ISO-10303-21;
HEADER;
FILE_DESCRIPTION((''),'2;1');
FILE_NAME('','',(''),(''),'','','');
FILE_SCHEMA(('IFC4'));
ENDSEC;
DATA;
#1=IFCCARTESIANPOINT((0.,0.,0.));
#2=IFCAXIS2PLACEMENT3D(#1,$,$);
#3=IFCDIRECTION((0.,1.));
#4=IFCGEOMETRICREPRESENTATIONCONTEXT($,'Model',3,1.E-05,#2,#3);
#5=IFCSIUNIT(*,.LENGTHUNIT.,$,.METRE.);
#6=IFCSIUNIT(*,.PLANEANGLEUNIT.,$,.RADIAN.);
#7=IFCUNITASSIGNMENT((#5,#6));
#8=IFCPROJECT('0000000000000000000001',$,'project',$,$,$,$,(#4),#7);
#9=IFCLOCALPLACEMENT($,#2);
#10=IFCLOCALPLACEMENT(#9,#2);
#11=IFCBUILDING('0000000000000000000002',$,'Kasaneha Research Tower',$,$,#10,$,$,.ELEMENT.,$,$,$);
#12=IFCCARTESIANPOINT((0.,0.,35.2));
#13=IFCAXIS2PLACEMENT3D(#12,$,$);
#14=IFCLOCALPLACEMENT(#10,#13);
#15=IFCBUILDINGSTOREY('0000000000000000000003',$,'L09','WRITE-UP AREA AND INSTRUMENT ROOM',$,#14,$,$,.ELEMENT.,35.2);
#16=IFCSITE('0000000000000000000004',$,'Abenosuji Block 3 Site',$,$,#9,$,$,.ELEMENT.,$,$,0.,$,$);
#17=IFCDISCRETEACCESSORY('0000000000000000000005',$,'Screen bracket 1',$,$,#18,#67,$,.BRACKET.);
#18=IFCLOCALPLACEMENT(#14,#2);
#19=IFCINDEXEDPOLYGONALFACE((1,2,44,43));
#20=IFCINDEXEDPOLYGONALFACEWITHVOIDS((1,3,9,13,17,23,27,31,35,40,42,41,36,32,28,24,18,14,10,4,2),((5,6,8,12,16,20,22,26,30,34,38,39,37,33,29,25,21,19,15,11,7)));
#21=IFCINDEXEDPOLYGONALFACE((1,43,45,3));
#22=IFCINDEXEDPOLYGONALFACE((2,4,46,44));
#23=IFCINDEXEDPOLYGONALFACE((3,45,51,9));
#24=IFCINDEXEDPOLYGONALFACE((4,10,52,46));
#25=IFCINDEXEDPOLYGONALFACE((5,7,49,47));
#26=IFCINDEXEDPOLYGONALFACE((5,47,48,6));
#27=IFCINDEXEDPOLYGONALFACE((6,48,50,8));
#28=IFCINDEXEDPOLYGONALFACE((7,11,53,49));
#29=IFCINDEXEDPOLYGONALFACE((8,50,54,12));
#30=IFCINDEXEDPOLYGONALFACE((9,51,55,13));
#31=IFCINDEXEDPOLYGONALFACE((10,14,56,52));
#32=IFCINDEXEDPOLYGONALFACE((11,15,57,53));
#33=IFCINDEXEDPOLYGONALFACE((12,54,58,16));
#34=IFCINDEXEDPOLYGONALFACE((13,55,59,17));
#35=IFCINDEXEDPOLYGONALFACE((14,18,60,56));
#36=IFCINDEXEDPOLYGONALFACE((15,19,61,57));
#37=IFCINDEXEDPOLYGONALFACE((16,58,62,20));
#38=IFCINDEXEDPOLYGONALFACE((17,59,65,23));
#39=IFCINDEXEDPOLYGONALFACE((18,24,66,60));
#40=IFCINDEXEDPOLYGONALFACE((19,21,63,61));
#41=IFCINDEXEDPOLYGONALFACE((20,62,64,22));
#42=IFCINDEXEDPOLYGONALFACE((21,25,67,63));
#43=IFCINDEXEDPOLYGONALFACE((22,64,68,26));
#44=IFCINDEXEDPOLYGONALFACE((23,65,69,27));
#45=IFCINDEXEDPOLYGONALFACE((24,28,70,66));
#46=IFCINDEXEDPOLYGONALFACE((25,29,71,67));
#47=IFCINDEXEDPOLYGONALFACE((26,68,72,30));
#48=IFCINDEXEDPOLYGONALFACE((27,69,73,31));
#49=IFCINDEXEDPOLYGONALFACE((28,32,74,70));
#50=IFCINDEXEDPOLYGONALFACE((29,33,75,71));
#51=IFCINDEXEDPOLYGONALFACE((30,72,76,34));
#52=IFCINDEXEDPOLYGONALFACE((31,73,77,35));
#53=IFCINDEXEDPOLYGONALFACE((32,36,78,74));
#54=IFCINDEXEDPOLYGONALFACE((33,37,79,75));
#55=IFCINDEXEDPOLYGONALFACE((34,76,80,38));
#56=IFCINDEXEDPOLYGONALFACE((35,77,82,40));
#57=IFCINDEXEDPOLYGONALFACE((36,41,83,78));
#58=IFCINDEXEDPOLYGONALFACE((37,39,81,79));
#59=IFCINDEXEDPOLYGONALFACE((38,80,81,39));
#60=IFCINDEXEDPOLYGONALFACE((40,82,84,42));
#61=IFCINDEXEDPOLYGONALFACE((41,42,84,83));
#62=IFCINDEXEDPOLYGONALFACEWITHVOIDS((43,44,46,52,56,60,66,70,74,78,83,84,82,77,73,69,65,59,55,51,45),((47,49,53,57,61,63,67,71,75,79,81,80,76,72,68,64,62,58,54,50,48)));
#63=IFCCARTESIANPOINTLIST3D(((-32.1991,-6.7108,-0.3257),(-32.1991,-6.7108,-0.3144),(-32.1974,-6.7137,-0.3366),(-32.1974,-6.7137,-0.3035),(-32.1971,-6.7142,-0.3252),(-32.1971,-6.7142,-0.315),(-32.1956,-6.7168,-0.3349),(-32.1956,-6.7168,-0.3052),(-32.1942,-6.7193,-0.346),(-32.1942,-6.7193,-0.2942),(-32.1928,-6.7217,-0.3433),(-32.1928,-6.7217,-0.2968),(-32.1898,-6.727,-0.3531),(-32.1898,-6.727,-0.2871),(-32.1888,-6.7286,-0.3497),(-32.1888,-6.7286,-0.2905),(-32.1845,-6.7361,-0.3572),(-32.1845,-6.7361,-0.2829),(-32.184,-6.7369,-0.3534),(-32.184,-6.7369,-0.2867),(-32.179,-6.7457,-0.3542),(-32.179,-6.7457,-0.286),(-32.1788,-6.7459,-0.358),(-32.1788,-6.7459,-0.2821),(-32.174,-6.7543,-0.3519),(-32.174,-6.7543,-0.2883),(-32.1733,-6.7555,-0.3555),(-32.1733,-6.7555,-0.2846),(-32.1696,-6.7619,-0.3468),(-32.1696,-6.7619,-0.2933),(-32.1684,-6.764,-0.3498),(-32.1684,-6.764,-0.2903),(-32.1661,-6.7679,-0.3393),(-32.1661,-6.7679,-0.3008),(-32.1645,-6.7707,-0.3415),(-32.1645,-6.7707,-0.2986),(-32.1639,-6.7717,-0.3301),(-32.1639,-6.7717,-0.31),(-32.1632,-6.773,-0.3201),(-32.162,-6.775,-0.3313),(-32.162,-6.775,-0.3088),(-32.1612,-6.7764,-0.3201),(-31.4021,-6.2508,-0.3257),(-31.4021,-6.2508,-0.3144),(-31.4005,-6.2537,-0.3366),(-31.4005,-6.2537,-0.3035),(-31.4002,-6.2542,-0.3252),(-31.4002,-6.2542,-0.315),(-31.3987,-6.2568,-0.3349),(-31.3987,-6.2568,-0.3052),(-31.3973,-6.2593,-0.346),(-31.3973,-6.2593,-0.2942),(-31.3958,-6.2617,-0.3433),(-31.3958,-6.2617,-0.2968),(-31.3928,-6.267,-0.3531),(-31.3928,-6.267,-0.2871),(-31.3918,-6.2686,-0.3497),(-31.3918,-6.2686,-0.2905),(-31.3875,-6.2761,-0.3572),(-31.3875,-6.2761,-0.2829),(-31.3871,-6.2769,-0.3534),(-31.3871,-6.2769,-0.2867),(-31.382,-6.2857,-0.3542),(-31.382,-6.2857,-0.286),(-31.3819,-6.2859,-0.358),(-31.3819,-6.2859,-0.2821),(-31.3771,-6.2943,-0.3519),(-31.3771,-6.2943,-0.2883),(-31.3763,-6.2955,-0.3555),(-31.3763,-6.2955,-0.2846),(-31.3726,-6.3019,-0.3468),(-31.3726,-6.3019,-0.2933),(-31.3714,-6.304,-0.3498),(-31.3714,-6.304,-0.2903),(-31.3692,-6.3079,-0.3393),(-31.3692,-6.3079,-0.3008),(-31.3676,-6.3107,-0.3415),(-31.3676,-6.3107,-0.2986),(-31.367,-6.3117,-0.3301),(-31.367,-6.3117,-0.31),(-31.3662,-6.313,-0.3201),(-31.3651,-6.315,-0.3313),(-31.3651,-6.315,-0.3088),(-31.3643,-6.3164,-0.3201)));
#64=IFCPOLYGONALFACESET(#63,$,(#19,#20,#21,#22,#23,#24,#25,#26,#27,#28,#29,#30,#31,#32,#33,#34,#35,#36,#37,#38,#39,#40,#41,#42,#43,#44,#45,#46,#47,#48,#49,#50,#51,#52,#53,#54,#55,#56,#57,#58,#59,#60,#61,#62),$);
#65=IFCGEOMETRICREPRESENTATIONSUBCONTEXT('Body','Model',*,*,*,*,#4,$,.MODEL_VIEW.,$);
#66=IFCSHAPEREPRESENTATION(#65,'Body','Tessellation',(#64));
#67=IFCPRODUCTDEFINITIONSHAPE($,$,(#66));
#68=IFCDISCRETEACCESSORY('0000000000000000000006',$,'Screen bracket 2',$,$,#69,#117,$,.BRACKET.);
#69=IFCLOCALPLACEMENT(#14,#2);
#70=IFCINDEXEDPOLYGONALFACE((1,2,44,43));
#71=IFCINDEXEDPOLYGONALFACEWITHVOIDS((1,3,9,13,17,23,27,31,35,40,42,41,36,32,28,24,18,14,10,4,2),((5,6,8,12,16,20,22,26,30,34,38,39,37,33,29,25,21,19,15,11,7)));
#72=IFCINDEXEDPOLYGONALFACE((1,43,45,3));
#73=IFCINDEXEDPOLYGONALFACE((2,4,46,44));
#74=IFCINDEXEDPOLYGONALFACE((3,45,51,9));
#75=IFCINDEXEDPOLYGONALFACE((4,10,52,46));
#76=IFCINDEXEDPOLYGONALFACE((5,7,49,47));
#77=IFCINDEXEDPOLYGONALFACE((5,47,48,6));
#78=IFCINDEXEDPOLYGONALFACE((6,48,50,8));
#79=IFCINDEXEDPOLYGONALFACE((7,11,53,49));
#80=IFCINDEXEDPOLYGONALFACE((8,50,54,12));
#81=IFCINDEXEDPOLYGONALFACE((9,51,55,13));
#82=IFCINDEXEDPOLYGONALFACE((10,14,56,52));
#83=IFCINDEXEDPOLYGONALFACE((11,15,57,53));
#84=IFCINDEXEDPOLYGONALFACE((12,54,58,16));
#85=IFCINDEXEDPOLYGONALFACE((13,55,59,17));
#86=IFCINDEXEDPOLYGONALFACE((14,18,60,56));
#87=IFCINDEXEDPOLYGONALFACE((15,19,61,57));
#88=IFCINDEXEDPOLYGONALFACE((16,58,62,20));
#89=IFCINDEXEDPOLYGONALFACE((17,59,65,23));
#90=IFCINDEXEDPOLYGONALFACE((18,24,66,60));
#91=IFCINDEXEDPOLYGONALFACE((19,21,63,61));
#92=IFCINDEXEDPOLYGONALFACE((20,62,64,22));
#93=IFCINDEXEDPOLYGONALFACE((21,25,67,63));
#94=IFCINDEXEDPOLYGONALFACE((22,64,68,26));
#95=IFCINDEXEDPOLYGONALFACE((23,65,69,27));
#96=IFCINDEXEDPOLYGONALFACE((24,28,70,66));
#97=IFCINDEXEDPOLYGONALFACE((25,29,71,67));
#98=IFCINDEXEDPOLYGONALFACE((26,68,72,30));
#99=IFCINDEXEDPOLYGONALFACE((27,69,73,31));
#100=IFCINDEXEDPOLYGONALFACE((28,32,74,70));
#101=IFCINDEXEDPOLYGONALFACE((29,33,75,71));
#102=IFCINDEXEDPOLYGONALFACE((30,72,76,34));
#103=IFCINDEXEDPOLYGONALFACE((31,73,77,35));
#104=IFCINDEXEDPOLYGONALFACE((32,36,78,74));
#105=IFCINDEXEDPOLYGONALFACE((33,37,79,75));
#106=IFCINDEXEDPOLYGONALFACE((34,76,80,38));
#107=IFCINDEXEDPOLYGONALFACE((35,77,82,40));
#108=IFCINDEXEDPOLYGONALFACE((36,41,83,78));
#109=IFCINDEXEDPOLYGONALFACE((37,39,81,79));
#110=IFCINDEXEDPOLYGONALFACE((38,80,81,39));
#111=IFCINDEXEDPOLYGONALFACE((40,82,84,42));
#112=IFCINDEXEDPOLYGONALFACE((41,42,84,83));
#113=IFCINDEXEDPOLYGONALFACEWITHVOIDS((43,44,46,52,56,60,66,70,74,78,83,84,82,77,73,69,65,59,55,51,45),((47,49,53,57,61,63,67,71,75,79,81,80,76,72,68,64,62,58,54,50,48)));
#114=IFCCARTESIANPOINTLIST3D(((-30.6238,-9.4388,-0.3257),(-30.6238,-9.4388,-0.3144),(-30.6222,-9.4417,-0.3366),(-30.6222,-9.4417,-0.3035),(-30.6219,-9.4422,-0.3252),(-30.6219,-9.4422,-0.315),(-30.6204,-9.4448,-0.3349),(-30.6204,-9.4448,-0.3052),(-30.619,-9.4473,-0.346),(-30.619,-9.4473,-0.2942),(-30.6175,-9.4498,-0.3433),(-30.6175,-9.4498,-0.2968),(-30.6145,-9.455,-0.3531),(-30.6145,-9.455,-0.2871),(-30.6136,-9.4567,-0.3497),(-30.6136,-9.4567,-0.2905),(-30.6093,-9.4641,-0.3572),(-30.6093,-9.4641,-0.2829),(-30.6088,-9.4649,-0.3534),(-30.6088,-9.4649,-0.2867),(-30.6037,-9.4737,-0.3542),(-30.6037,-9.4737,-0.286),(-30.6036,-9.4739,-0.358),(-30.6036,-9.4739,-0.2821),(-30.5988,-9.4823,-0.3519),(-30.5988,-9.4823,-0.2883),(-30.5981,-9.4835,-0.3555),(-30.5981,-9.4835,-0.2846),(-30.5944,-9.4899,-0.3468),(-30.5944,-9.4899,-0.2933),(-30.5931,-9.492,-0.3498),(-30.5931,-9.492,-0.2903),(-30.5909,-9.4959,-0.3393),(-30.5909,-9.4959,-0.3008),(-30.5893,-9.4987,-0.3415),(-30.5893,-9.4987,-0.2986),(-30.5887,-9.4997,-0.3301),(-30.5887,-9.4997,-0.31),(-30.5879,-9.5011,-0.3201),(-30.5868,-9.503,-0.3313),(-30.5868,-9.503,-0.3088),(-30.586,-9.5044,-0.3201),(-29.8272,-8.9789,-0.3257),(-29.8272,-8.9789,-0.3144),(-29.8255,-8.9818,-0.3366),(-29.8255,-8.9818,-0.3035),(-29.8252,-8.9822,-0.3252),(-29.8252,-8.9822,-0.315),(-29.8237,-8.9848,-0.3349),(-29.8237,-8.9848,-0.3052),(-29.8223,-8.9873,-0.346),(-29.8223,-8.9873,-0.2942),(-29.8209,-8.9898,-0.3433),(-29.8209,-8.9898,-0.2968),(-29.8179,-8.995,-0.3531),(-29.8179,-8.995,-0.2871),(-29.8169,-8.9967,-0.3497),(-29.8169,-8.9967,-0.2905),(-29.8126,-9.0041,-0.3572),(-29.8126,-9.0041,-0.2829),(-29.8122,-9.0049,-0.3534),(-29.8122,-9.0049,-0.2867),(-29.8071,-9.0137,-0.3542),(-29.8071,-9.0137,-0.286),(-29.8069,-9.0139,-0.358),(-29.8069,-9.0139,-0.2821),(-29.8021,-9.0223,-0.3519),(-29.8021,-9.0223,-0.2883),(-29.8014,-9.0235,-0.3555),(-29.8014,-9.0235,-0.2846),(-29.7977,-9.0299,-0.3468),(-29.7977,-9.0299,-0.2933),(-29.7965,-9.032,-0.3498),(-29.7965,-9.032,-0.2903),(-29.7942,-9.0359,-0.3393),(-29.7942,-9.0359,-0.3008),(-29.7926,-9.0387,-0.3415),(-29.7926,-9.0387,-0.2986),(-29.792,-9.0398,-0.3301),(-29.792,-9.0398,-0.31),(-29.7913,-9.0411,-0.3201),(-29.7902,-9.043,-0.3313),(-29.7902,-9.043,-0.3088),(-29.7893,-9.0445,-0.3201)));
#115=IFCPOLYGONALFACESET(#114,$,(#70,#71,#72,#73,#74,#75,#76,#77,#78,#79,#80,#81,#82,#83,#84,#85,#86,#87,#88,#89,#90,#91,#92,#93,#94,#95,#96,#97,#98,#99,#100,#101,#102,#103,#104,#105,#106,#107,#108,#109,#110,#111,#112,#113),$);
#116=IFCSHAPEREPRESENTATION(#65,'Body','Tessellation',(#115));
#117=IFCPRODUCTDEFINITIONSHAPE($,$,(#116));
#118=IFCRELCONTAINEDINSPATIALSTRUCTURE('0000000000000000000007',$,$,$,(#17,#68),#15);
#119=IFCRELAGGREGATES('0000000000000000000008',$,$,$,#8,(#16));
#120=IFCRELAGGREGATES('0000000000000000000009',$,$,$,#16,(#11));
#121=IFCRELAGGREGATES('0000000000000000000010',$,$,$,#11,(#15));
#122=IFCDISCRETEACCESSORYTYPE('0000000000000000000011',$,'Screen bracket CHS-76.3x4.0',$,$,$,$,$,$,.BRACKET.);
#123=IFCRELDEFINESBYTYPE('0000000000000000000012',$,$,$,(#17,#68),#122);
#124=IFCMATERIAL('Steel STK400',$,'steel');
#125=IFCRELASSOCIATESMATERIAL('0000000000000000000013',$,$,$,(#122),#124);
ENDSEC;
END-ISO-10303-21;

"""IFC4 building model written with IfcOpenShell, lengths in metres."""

from ifc_helpers import new_model, si_unit, direction, frame, origin, origin_2d, place, context, subcontext, project, spatial, hollow_circle, extrude, material, material_profile, profile_set, type_object, element, save


model = new_model("IFC4")

# Units and contexts
model_context = context("Model", 3, precision=1e-05, world=origin(), true_north=direction((0.0, 1.0)))
body_context = subcontext(model_context, "Body", "Model", "MODEL_VIEW")
ifc_project = project(units=[si_unit("LENGTHUNIT", "METRE"), si_unit("PLANEANGLEUNIT", "RADIAN")], contexts=[model_context])

# Site, building, storey
site_placement = place(None, origin())
site = spatial("IfcSite", under=ifc_project, at=site_placement, Name="Abenosuji Block 3 Site", CompositionType="ELEMENT", RefElevation=0.0)
building_placement = place(site_placement, origin())
building = spatial("IfcBuilding", under=site, at=building_placement, Name="Kasaneha Research Tower", CompositionType="ELEMENT")
storey_placement = place(building_placement, frame((0.0, 0.0, 35.2)))
storey = spatial("IfcBuildingStorey", under=building, at=storey_placement, Name="L09", Description="WRITE-UP AREA AND INSTRUMENT ROOM", CompositionType="ELEMENT", Elevation=35.2)

# Discrete accessories
ifc_material_1 = material(Name="Steel STK400", Category="steel")
ifc_material_profile_1 = material_profile(ifc_material_1, hollow_circle(Radius=0.0381, WallThickness=0.0039, at=origin_2d()), Name="CHS-76.3x4.0")
ifc_profile_set_1 = profile_set([ifc_material_profile_1], Name="Steel STK400")
discrete_accessory_type = type_object("IfcDiscreteAccessoryType", Name="Screen bracket CHS-76.3x4.0", PredefinedType="BRACKET", material=ifc_profile_set_1)
discrete_accessory_1_placement = place(storey_placement, frame((-31.3833, -6.2834, -0.3201), z_axis=(-0.86608, -0.499906, 0.0), x_axis=(0.499906, -0.86608, 0.0)))
element("IfcDiscreteAccessory", 1, at=discrete_accessory_1_placement, inside=storey, type_object=discrete_accessory_type, Name="Screen bracket 1", PredefinedType="BRACKET", context=body_context, shape_type="SweptSolid", body=[
    extrude(hollow_circle(Radius=0.0381, WallThickness=0.0039, at=origin_2d()), origin(), (0.0, 0.0, 1.0), 0.9202),
])
discrete_accessory_2_placement = place(storey_placement, frame((-29.8083, -9.0115, -0.3201), z_axis=(-0.866013, -0.500021, 0.0), x_axis=(0.500021, -0.866013, 0.0)))
element("IfcDiscreteAccessory", 2, at=discrete_accessory_2_placement, inside=storey, type_object=discrete_accessory_type, Name="Screen bracket 2", PredefinedType="BRACKET", context=body_context, shape_type="SweptSolid", body=[
    extrude(hollow_circle(Radius=0.0381, WallThickness=0.0039, at=origin_2d()), origin(), (0.0, 0.0, 1.0), 0.9199),
])

save(model, "model.ifc")
